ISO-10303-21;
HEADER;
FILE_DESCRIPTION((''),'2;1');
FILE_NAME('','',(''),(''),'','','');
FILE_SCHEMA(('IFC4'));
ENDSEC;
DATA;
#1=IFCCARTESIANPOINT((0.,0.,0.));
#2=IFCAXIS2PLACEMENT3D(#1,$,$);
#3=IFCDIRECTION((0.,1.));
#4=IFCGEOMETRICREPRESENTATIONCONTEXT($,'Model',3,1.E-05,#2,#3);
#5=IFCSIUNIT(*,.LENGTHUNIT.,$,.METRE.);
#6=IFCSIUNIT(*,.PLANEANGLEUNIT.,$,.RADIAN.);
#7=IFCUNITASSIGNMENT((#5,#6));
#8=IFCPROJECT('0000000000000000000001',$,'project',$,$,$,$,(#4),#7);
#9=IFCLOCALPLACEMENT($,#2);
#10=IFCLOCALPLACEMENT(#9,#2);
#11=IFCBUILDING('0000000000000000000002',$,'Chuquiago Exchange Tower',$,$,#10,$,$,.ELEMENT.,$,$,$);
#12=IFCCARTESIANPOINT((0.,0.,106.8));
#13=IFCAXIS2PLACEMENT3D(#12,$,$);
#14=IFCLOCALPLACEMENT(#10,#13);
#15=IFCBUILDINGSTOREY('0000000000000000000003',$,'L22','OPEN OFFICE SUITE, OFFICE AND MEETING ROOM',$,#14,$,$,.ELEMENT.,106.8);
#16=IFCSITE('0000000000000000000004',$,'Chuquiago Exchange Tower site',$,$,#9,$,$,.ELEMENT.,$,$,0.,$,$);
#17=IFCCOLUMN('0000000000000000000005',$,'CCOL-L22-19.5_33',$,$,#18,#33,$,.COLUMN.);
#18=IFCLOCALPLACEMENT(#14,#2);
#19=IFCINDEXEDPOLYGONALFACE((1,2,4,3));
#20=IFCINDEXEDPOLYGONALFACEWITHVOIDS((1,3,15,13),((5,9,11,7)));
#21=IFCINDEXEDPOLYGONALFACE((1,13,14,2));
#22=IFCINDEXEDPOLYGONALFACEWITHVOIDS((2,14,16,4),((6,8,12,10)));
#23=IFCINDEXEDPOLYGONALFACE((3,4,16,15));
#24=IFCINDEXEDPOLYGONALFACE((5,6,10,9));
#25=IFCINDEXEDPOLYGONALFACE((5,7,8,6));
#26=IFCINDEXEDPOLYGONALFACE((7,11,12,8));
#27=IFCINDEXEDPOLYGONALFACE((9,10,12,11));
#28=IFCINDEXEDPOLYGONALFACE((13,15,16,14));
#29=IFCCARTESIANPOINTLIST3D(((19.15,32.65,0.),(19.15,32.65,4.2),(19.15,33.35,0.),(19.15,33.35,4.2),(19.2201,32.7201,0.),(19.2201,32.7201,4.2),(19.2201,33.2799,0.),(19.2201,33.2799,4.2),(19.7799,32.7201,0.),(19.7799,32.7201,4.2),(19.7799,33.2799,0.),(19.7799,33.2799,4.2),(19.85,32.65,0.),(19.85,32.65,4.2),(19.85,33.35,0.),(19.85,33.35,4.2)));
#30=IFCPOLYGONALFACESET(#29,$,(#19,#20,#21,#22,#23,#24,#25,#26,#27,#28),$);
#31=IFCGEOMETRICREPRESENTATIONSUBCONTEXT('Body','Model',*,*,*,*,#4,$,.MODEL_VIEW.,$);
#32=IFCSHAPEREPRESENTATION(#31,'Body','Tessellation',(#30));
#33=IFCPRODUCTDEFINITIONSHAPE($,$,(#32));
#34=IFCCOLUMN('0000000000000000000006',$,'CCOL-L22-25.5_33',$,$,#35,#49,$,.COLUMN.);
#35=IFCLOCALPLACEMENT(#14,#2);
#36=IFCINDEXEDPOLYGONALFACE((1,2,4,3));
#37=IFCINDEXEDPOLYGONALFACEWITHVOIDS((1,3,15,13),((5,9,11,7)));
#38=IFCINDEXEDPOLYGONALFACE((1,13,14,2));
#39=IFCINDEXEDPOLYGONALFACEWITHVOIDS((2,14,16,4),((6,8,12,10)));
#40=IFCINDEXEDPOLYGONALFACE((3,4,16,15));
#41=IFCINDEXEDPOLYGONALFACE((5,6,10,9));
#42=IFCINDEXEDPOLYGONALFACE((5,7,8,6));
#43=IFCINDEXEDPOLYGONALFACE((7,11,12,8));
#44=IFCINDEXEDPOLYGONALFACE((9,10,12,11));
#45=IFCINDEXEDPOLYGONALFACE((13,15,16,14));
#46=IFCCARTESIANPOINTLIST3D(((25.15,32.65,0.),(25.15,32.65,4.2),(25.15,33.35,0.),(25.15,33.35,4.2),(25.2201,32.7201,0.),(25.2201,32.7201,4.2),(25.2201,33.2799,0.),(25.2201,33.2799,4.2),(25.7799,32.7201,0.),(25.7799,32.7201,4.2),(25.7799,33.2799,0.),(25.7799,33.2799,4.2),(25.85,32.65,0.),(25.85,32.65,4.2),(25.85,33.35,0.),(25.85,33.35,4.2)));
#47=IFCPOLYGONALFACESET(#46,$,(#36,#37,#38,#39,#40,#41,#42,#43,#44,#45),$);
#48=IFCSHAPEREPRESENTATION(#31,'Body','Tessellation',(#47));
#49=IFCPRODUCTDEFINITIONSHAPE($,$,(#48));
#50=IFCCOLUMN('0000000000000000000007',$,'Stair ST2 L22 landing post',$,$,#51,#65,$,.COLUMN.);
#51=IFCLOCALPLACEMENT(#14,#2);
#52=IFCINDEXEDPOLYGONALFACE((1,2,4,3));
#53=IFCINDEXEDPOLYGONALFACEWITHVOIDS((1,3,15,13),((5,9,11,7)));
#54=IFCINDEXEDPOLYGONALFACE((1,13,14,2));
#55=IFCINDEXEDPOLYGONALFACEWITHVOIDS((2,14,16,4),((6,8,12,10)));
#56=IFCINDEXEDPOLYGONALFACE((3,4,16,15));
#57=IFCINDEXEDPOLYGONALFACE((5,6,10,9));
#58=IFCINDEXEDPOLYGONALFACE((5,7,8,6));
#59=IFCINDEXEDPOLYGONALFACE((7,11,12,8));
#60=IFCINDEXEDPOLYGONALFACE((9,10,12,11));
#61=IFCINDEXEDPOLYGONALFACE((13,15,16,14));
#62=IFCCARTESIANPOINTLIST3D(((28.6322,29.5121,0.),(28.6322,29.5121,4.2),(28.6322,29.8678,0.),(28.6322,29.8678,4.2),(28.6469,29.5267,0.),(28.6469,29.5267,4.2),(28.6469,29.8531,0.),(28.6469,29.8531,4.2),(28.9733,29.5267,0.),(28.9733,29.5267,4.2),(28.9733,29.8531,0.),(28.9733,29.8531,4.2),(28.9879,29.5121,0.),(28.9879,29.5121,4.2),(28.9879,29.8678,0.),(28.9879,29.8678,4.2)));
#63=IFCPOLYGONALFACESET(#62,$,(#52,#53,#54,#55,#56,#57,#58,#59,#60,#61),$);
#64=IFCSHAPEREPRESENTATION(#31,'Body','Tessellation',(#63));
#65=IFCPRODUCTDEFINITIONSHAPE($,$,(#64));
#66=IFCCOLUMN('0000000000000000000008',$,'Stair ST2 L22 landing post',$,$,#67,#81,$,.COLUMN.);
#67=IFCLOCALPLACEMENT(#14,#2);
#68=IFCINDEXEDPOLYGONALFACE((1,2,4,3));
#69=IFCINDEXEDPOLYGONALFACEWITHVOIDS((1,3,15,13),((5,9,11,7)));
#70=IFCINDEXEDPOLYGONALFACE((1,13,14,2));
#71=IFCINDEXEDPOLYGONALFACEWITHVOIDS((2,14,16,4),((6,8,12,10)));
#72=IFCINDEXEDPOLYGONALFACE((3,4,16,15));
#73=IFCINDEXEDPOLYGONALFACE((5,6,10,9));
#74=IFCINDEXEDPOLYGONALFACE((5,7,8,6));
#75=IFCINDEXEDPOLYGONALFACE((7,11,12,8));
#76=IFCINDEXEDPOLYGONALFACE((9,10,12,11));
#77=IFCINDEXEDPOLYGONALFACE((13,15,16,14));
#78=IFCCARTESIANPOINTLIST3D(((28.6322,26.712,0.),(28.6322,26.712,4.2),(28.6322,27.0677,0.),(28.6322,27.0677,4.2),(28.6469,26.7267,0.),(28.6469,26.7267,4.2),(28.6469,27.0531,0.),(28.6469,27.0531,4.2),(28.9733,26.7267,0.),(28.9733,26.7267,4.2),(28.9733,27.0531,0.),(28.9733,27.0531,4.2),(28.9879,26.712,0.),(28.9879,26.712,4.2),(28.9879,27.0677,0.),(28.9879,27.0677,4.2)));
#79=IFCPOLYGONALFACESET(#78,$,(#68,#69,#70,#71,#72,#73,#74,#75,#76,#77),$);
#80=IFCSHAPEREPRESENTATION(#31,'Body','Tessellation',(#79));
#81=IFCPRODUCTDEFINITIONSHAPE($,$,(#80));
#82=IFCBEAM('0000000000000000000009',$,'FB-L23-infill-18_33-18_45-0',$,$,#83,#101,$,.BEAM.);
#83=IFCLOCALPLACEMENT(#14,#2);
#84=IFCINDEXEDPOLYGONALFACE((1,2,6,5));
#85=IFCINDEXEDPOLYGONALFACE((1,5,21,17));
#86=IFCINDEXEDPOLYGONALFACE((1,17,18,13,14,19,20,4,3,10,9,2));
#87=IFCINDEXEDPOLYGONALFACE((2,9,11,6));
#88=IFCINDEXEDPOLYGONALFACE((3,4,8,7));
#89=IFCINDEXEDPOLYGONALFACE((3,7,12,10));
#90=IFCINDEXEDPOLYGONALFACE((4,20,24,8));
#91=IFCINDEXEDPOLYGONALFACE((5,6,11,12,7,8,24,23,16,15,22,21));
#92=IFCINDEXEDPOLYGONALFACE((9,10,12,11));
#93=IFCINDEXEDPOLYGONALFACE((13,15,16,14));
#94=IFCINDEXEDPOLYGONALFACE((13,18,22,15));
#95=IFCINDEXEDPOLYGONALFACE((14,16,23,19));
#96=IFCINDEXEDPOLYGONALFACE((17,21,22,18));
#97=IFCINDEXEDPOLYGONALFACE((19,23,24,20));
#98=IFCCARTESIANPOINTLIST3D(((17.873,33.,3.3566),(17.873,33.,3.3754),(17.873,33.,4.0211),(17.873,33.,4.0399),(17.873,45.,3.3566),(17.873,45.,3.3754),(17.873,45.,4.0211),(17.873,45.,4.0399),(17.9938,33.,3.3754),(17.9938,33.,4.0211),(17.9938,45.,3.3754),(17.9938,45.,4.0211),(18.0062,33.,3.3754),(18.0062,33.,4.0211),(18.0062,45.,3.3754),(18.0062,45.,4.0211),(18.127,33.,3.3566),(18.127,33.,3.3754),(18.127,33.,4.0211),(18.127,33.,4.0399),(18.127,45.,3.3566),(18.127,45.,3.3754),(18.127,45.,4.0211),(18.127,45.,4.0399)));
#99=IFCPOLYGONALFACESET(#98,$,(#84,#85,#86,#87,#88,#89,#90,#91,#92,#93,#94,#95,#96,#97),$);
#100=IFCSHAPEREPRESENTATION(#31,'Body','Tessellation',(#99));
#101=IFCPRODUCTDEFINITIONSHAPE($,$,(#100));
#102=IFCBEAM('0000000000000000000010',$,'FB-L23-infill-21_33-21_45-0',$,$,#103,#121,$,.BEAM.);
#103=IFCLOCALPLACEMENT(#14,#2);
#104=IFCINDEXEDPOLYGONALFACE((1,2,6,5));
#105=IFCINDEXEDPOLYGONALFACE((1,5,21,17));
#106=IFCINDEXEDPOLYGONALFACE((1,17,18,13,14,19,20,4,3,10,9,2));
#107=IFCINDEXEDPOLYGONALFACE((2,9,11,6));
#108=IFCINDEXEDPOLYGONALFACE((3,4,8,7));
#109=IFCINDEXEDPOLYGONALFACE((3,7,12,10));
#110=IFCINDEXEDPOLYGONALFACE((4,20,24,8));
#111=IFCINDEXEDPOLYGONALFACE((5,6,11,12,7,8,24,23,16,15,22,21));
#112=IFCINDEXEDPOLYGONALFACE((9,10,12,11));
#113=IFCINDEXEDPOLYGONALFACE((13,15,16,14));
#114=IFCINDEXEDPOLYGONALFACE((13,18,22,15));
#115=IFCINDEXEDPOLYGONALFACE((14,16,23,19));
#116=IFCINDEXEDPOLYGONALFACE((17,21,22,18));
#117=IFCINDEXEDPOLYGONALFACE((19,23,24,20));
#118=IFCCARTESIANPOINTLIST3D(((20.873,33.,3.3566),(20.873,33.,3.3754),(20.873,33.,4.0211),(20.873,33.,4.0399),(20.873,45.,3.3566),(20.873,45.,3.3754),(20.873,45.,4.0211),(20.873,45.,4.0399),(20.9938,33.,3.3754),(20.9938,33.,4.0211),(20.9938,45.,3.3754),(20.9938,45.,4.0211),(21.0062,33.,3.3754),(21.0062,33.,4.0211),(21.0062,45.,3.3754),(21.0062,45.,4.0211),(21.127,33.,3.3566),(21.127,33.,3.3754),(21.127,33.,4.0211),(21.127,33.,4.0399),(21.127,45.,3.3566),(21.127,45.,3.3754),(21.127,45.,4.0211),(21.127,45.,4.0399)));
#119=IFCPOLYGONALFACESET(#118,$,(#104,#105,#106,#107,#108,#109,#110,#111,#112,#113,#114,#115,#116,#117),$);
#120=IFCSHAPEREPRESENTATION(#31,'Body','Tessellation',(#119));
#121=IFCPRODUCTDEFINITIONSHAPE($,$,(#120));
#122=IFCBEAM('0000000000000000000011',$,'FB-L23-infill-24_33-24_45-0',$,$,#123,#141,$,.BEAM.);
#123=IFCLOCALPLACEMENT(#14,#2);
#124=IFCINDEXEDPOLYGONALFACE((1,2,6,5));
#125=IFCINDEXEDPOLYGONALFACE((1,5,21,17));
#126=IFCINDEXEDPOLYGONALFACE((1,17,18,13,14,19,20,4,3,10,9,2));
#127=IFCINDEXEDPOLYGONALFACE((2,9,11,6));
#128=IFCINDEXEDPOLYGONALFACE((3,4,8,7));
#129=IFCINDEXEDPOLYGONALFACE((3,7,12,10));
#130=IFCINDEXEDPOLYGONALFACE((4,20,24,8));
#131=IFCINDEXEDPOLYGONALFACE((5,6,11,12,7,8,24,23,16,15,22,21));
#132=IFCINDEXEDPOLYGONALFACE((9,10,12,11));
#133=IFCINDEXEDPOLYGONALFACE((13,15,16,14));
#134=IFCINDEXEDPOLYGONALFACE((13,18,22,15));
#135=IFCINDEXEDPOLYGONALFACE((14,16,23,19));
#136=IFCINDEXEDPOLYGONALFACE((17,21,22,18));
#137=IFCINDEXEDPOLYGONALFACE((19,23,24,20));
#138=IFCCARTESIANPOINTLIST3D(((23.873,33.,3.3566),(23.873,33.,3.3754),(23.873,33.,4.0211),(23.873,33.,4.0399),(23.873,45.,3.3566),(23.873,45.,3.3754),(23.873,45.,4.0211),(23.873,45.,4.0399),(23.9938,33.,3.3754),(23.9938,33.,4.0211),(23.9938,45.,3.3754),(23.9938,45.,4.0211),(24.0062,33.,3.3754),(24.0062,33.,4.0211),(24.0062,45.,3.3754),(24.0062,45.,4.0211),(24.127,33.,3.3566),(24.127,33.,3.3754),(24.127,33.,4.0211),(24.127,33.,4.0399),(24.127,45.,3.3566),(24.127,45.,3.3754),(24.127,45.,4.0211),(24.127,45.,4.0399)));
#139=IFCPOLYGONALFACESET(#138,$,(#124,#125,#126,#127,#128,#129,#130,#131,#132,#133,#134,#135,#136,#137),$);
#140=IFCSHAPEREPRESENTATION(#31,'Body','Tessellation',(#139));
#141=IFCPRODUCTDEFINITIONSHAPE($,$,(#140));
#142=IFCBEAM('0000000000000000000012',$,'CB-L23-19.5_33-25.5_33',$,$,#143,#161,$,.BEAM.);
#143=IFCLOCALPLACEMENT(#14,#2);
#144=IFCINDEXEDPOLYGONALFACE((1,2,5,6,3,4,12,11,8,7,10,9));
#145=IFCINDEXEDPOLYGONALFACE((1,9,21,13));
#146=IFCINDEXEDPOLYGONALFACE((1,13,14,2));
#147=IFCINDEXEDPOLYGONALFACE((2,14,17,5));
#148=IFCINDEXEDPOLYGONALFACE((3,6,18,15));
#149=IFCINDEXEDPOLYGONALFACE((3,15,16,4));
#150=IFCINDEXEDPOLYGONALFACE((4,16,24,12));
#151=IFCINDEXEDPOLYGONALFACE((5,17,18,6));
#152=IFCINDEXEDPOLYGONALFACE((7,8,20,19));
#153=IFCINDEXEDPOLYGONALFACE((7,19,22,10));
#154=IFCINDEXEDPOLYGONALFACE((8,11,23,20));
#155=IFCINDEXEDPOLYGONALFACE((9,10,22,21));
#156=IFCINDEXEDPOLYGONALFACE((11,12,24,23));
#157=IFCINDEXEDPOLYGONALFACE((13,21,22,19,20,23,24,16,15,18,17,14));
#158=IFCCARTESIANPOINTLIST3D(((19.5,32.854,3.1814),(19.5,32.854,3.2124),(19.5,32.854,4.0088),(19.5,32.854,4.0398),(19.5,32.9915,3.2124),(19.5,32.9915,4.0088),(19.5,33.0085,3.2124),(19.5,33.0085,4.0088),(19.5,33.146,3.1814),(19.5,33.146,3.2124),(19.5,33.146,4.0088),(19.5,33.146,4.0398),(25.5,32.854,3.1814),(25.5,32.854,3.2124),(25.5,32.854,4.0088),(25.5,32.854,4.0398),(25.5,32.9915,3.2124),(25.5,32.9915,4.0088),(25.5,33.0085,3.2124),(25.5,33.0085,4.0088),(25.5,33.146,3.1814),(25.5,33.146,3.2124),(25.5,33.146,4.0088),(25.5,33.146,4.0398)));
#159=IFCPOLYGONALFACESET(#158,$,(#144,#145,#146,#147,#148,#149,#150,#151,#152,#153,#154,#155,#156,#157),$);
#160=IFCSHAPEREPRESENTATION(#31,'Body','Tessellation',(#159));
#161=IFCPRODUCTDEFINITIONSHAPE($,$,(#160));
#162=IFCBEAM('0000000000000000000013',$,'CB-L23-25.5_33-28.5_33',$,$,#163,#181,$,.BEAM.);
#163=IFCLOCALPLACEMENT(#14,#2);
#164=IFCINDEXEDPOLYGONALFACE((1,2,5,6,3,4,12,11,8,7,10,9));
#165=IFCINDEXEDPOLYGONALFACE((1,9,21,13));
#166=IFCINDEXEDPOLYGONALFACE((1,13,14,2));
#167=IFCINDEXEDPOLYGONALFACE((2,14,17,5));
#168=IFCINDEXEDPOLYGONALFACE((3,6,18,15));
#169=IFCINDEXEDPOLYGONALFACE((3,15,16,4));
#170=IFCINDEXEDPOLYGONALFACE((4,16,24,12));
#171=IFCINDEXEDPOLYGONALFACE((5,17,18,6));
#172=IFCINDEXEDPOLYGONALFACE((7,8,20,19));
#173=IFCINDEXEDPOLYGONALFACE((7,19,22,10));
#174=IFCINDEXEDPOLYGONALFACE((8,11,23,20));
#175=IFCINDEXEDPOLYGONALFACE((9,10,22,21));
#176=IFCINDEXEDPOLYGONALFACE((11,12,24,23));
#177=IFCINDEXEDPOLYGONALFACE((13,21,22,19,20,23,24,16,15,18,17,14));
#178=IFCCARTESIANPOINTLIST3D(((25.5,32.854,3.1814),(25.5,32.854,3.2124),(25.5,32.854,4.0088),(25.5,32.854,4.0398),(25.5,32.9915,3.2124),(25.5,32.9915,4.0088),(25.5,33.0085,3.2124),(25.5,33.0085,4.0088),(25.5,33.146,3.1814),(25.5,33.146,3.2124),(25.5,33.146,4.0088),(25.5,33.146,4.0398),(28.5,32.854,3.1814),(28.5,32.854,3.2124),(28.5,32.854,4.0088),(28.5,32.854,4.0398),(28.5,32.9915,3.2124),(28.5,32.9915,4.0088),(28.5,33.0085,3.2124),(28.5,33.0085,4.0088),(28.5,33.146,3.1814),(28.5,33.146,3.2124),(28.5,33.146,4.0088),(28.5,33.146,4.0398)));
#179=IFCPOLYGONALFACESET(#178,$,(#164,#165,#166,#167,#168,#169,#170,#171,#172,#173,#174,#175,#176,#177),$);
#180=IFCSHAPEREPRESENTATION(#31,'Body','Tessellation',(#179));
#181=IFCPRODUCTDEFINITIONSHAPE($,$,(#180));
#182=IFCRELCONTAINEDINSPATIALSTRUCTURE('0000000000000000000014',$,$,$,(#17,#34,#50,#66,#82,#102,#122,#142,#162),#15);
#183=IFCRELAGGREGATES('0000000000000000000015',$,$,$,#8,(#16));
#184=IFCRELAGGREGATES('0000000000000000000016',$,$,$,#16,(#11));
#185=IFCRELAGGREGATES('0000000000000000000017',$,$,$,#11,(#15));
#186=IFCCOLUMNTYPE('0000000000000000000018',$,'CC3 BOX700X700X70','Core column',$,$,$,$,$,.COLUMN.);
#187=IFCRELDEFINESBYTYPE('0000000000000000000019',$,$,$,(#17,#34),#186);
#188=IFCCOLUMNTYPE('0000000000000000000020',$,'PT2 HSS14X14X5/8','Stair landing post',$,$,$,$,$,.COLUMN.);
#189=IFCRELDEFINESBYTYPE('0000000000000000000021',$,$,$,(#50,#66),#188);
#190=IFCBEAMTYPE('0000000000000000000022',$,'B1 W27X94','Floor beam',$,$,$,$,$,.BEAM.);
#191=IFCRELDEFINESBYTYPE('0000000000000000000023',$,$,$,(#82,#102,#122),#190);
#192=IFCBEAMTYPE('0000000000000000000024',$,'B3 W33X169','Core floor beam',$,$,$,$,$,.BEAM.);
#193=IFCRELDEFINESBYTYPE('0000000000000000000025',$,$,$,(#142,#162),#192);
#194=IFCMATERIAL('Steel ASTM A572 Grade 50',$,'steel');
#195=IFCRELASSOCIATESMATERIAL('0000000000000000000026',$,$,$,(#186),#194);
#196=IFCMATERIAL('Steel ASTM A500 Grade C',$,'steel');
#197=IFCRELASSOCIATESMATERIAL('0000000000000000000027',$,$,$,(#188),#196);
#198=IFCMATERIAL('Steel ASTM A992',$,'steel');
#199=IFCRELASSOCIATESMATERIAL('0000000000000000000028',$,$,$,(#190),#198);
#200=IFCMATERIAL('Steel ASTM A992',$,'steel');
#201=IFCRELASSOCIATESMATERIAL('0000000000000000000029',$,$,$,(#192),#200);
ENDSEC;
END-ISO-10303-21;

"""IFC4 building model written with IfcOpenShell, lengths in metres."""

from ifc_helpers import new_model, si_unit, direction, frame, origin, origin_2d, place, context, subcontext, project, spatial, hollow_rectangle, i_section, extrude, material, material_profile, profile_set, type_object, element, save


model = new_model("IFC4")

# Units and contexts
model_context = context("Model", 3, precision=1e-05, world=origin(), true_north=direction((0.0, 1.0)))
body_context = subcontext(model_context, "Body", "Model", "MODEL_VIEW")
ifc_project = project(units=[si_unit("LENGTHUNIT", "METRE"), si_unit("PLANEANGLEUNIT", "RADIAN")], contexts=[model_context])

# Site, building, storey
site_placement = place(None, origin())
site = spatial("IfcSite", under=ifc_project, at=site_placement, Name="Chuquiago Exchange Tower site", CompositionType="ELEMENT", RefElevation=0.0)
building_placement = place(site_placement, origin())
building = spatial("IfcBuilding", under=site, at=building_placement, Name="Chuquiago Exchange Tower", CompositionType="ELEMENT")
storey_placement = place(building_placement, frame((0.0, 0.0, 106.8)))
storey = spatial("IfcBuildingStorey", under=building, at=storey_placement, Name="L22", Description="OPEN OFFICE SUITE, OFFICE AND MEETING ROOM", CompositionType="ELEMENT", Elevation=106.8)

# Columns
ifc_material_1 = material(Name="Steel ASTM A572 Grade 50", Category="steel")
ifc_material_profile_1 = material_profile(ifc_material_1, hollow_rectangle(XDim=0.7, YDim=0.7, WallThickness=0.0701, at=origin_2d()), Name="BOX700X700X70")
ifc_profile_set_1 = profile_set([ifc_material_profile_1], Name="Steel ASTM A572 Grade 50")
column_type_1 = type_object("IfcColumnType", Name="CC3 BOX700X700X70", Description="Core column", PredefinedType="COLUMN", material=ifc_profile_set_1)
for number, where, z_axis, x_axis, name in (
    (1, (19.5, 33.0, 0.0), (0.0, 0.0, 1.0), (1.0, 0.0, 0.0), "CCOL-L22-19.5_33"),
    (2, (25.5, 33.0, 0.0), (0.0, 0.0, 1.0), (1.0, 0.0, 0.0), "CCOL-L22-25.5_33"),
):
    element("IfcColumn", number, at=place(storey_placement, frame(where, z_axis=z_axis, x_axis=x_axis)), inside=storey, type_object=column_type_1, Name=name, PredefinedType="COLUMN", context=body_context, shape_type="SweptSolid", body=[
        extrude(hollow_rectangle(XDim=0.7, YDim=0.7, WallThickness=0.0701, at=origin_2d()), origin(), (0.0, 0.0, 1.0), 4.2),
    ])
ifc_material_2 = material(Name="Steel ASTM A500 Grade C", Category="steel")
ifc_material_profile_2 = material_profile(ifc_material_2, hollow_rectangle(XDim=0.3557, YDim=0.3557, WallThickness=0.0146, at=origin_2d()), Name="HSS14X14X5/8")
ifc_profile_set_2 = profile_set([ifc_material_profile_2], Name="Steel ASTM A500 Grade C")
column_type_2 = type_object("IfcColumnType", Name="PT2 HSS14X14X5/8", Description="Stair landing post", PredefinedType="COLUMN", material=ifc_profile_set_2)
for number, where, z_axis, x_axis, name in (
    (3, (28.8101, 29.6899, 0.0), (0.0, 0.0, 1.0), (1.0, 0.0, 0.0), "Stair ST2 L22 landing post"),
    (4, (28.8101, 26.8899, 0.0), (0.0, 0.0, 1.0), (1.0, 0.0, 0.0), "Stair ST2 L22 landing post"),
):
    element("IfcColumn", number, at=place(storey_placement, frame(where, z_axis=z_axis, x_axis=x_axis)), inside=storey, type_object=column_type_2, Name=name, PredefinedType="COLUMN", context=body_context, shape_type="SweptSolid", body=[
        extrude(hollow_rectangle(XDim=0.3557, YDim=0.3557, WallThickness=0.0146, at=origin_2d()), origin(), (0.0, 0.0, 1.0), 4.2),
    ])

# Beams
ifc_material_3 = material(Name="Steel ASTM A992", Category="steel")
ifc_material_profile_3 = material_profile(ifc_material_3, i_section(OverallWidth=0.2539, OverallDepth=0.6833, WebThickness=0.0125, FlangeThickness=0.0188, at=origin_2d()), Name="W27X94")
ifc_profile_set_3 = profile_set([ifc_material_profile_3], Name="Steel ASTM A992")
beam_type_1 = type_object("IfcBeamType", Name="B1 W27X94", Description="Floor beam", PredefinedType="BEAM", material=ifc_profile_set_3)
for number, where, z_axis, x_axis, name in (
    (5, (18.0, 33.0, 3.6982), (0.0, 1.0, 0.0), (-1.0, 0.0, 0.0), "FB-L23-infill-18_33-18_45-0"),
    (6, (21.0, 33.0, 3.6982), (0.0, 1.0, 0.0), (-1.0, 0.0, 0.0), "FB-L23-infill-21_33-21_45-0"),
    (7, (24.0, 33.0, 3.6982), (0.0, 1.0, 0.0), (-1.0, 0.0, 0.0), "FB-L23-infill-24_33-24_45-0"),
):
    element("IfcBeam", number, at=place(storey_placement, frame(where, z_axis=z_axis, x_axis=x_axis)), inside=storey, type_object=beam_type_1, Name=name, PredefinedType="BEAM", context=body_context, shape_type="SweptSolid", body=[
        extrude(i_section(OverallWidth=0.2539, OverallDepth=0.6833, WebThickness=0.0125, FlangeThickness=0.0188, at=origin_2d()), origin(), (0.0, 0.0, 1.0), 12.0),
    ])
ifc_material_4 = material(Name="Steel ASTM A992", Category="steel")
ifc_material_profile_4 = material_profile(ifc_material_4, i_section(OverallWidth=0.292, OverallDepth=0.8584, WebThickness=0.0171, FlangeThickness=0.031, at=origin_2d()), Name="W33X169")
ifc_profile_set_4 = profile_set([ifc_material_profile_4], Name="Steel ASTM A992")
beam_type_2 = type_object("IfcBeamType", Name="B3 W33X169", Description="Core floor beam", PredefinedType="BEAM", material=ifc_profile_set_4)
beam_1_placement = place(storey_placement, frame((19.5, 33.0, 3.6106), z_axis=(1.0, 0.0, 0.0), x_axis=(0.0, 1.0, 0.0)))
element("IfcBeam", 8, at=beam_1_placement, inside=storey, type_object=beam_type_2, Name="CB-L23-19.5_33-25.5_33", PredefinedType="BEAM", context=body_context, shape_type="SweptSolid", body=[
    extrude(i_section(OverallWidth=0.292, OverallDepth=0.8584, WebThickness=0.0171, FlangeThickness=0.031, at=origin_2d()), origin(), (0.0, 0.0, 1.0), 6.0),
])
beam_2_placement = place(storey_placement, frame((25.5, 33.0, 3.6106), z_axis=(1.0, 0.0, 0.0), x_axis=(0.0, 1.0, 0.0)))
element("IfcBeam", 9, at=beam_2_placement, inside=storey, type_object=beam_type_2, Name="CB-L23-25.5_33-28.5_33", PredefinedType="BEAM", context=body_context, shape_type="SweptSolid", body=[
    extrude(i_section(OverallWidth=0.292, OverallDepth=0.8584, WebThickness=0.0171, FlangeThickness=0.031, at=origin_2d()), origin(), (0.0, 0.0, 1.0), 3.0),
])

save(model, "model.ifc")
